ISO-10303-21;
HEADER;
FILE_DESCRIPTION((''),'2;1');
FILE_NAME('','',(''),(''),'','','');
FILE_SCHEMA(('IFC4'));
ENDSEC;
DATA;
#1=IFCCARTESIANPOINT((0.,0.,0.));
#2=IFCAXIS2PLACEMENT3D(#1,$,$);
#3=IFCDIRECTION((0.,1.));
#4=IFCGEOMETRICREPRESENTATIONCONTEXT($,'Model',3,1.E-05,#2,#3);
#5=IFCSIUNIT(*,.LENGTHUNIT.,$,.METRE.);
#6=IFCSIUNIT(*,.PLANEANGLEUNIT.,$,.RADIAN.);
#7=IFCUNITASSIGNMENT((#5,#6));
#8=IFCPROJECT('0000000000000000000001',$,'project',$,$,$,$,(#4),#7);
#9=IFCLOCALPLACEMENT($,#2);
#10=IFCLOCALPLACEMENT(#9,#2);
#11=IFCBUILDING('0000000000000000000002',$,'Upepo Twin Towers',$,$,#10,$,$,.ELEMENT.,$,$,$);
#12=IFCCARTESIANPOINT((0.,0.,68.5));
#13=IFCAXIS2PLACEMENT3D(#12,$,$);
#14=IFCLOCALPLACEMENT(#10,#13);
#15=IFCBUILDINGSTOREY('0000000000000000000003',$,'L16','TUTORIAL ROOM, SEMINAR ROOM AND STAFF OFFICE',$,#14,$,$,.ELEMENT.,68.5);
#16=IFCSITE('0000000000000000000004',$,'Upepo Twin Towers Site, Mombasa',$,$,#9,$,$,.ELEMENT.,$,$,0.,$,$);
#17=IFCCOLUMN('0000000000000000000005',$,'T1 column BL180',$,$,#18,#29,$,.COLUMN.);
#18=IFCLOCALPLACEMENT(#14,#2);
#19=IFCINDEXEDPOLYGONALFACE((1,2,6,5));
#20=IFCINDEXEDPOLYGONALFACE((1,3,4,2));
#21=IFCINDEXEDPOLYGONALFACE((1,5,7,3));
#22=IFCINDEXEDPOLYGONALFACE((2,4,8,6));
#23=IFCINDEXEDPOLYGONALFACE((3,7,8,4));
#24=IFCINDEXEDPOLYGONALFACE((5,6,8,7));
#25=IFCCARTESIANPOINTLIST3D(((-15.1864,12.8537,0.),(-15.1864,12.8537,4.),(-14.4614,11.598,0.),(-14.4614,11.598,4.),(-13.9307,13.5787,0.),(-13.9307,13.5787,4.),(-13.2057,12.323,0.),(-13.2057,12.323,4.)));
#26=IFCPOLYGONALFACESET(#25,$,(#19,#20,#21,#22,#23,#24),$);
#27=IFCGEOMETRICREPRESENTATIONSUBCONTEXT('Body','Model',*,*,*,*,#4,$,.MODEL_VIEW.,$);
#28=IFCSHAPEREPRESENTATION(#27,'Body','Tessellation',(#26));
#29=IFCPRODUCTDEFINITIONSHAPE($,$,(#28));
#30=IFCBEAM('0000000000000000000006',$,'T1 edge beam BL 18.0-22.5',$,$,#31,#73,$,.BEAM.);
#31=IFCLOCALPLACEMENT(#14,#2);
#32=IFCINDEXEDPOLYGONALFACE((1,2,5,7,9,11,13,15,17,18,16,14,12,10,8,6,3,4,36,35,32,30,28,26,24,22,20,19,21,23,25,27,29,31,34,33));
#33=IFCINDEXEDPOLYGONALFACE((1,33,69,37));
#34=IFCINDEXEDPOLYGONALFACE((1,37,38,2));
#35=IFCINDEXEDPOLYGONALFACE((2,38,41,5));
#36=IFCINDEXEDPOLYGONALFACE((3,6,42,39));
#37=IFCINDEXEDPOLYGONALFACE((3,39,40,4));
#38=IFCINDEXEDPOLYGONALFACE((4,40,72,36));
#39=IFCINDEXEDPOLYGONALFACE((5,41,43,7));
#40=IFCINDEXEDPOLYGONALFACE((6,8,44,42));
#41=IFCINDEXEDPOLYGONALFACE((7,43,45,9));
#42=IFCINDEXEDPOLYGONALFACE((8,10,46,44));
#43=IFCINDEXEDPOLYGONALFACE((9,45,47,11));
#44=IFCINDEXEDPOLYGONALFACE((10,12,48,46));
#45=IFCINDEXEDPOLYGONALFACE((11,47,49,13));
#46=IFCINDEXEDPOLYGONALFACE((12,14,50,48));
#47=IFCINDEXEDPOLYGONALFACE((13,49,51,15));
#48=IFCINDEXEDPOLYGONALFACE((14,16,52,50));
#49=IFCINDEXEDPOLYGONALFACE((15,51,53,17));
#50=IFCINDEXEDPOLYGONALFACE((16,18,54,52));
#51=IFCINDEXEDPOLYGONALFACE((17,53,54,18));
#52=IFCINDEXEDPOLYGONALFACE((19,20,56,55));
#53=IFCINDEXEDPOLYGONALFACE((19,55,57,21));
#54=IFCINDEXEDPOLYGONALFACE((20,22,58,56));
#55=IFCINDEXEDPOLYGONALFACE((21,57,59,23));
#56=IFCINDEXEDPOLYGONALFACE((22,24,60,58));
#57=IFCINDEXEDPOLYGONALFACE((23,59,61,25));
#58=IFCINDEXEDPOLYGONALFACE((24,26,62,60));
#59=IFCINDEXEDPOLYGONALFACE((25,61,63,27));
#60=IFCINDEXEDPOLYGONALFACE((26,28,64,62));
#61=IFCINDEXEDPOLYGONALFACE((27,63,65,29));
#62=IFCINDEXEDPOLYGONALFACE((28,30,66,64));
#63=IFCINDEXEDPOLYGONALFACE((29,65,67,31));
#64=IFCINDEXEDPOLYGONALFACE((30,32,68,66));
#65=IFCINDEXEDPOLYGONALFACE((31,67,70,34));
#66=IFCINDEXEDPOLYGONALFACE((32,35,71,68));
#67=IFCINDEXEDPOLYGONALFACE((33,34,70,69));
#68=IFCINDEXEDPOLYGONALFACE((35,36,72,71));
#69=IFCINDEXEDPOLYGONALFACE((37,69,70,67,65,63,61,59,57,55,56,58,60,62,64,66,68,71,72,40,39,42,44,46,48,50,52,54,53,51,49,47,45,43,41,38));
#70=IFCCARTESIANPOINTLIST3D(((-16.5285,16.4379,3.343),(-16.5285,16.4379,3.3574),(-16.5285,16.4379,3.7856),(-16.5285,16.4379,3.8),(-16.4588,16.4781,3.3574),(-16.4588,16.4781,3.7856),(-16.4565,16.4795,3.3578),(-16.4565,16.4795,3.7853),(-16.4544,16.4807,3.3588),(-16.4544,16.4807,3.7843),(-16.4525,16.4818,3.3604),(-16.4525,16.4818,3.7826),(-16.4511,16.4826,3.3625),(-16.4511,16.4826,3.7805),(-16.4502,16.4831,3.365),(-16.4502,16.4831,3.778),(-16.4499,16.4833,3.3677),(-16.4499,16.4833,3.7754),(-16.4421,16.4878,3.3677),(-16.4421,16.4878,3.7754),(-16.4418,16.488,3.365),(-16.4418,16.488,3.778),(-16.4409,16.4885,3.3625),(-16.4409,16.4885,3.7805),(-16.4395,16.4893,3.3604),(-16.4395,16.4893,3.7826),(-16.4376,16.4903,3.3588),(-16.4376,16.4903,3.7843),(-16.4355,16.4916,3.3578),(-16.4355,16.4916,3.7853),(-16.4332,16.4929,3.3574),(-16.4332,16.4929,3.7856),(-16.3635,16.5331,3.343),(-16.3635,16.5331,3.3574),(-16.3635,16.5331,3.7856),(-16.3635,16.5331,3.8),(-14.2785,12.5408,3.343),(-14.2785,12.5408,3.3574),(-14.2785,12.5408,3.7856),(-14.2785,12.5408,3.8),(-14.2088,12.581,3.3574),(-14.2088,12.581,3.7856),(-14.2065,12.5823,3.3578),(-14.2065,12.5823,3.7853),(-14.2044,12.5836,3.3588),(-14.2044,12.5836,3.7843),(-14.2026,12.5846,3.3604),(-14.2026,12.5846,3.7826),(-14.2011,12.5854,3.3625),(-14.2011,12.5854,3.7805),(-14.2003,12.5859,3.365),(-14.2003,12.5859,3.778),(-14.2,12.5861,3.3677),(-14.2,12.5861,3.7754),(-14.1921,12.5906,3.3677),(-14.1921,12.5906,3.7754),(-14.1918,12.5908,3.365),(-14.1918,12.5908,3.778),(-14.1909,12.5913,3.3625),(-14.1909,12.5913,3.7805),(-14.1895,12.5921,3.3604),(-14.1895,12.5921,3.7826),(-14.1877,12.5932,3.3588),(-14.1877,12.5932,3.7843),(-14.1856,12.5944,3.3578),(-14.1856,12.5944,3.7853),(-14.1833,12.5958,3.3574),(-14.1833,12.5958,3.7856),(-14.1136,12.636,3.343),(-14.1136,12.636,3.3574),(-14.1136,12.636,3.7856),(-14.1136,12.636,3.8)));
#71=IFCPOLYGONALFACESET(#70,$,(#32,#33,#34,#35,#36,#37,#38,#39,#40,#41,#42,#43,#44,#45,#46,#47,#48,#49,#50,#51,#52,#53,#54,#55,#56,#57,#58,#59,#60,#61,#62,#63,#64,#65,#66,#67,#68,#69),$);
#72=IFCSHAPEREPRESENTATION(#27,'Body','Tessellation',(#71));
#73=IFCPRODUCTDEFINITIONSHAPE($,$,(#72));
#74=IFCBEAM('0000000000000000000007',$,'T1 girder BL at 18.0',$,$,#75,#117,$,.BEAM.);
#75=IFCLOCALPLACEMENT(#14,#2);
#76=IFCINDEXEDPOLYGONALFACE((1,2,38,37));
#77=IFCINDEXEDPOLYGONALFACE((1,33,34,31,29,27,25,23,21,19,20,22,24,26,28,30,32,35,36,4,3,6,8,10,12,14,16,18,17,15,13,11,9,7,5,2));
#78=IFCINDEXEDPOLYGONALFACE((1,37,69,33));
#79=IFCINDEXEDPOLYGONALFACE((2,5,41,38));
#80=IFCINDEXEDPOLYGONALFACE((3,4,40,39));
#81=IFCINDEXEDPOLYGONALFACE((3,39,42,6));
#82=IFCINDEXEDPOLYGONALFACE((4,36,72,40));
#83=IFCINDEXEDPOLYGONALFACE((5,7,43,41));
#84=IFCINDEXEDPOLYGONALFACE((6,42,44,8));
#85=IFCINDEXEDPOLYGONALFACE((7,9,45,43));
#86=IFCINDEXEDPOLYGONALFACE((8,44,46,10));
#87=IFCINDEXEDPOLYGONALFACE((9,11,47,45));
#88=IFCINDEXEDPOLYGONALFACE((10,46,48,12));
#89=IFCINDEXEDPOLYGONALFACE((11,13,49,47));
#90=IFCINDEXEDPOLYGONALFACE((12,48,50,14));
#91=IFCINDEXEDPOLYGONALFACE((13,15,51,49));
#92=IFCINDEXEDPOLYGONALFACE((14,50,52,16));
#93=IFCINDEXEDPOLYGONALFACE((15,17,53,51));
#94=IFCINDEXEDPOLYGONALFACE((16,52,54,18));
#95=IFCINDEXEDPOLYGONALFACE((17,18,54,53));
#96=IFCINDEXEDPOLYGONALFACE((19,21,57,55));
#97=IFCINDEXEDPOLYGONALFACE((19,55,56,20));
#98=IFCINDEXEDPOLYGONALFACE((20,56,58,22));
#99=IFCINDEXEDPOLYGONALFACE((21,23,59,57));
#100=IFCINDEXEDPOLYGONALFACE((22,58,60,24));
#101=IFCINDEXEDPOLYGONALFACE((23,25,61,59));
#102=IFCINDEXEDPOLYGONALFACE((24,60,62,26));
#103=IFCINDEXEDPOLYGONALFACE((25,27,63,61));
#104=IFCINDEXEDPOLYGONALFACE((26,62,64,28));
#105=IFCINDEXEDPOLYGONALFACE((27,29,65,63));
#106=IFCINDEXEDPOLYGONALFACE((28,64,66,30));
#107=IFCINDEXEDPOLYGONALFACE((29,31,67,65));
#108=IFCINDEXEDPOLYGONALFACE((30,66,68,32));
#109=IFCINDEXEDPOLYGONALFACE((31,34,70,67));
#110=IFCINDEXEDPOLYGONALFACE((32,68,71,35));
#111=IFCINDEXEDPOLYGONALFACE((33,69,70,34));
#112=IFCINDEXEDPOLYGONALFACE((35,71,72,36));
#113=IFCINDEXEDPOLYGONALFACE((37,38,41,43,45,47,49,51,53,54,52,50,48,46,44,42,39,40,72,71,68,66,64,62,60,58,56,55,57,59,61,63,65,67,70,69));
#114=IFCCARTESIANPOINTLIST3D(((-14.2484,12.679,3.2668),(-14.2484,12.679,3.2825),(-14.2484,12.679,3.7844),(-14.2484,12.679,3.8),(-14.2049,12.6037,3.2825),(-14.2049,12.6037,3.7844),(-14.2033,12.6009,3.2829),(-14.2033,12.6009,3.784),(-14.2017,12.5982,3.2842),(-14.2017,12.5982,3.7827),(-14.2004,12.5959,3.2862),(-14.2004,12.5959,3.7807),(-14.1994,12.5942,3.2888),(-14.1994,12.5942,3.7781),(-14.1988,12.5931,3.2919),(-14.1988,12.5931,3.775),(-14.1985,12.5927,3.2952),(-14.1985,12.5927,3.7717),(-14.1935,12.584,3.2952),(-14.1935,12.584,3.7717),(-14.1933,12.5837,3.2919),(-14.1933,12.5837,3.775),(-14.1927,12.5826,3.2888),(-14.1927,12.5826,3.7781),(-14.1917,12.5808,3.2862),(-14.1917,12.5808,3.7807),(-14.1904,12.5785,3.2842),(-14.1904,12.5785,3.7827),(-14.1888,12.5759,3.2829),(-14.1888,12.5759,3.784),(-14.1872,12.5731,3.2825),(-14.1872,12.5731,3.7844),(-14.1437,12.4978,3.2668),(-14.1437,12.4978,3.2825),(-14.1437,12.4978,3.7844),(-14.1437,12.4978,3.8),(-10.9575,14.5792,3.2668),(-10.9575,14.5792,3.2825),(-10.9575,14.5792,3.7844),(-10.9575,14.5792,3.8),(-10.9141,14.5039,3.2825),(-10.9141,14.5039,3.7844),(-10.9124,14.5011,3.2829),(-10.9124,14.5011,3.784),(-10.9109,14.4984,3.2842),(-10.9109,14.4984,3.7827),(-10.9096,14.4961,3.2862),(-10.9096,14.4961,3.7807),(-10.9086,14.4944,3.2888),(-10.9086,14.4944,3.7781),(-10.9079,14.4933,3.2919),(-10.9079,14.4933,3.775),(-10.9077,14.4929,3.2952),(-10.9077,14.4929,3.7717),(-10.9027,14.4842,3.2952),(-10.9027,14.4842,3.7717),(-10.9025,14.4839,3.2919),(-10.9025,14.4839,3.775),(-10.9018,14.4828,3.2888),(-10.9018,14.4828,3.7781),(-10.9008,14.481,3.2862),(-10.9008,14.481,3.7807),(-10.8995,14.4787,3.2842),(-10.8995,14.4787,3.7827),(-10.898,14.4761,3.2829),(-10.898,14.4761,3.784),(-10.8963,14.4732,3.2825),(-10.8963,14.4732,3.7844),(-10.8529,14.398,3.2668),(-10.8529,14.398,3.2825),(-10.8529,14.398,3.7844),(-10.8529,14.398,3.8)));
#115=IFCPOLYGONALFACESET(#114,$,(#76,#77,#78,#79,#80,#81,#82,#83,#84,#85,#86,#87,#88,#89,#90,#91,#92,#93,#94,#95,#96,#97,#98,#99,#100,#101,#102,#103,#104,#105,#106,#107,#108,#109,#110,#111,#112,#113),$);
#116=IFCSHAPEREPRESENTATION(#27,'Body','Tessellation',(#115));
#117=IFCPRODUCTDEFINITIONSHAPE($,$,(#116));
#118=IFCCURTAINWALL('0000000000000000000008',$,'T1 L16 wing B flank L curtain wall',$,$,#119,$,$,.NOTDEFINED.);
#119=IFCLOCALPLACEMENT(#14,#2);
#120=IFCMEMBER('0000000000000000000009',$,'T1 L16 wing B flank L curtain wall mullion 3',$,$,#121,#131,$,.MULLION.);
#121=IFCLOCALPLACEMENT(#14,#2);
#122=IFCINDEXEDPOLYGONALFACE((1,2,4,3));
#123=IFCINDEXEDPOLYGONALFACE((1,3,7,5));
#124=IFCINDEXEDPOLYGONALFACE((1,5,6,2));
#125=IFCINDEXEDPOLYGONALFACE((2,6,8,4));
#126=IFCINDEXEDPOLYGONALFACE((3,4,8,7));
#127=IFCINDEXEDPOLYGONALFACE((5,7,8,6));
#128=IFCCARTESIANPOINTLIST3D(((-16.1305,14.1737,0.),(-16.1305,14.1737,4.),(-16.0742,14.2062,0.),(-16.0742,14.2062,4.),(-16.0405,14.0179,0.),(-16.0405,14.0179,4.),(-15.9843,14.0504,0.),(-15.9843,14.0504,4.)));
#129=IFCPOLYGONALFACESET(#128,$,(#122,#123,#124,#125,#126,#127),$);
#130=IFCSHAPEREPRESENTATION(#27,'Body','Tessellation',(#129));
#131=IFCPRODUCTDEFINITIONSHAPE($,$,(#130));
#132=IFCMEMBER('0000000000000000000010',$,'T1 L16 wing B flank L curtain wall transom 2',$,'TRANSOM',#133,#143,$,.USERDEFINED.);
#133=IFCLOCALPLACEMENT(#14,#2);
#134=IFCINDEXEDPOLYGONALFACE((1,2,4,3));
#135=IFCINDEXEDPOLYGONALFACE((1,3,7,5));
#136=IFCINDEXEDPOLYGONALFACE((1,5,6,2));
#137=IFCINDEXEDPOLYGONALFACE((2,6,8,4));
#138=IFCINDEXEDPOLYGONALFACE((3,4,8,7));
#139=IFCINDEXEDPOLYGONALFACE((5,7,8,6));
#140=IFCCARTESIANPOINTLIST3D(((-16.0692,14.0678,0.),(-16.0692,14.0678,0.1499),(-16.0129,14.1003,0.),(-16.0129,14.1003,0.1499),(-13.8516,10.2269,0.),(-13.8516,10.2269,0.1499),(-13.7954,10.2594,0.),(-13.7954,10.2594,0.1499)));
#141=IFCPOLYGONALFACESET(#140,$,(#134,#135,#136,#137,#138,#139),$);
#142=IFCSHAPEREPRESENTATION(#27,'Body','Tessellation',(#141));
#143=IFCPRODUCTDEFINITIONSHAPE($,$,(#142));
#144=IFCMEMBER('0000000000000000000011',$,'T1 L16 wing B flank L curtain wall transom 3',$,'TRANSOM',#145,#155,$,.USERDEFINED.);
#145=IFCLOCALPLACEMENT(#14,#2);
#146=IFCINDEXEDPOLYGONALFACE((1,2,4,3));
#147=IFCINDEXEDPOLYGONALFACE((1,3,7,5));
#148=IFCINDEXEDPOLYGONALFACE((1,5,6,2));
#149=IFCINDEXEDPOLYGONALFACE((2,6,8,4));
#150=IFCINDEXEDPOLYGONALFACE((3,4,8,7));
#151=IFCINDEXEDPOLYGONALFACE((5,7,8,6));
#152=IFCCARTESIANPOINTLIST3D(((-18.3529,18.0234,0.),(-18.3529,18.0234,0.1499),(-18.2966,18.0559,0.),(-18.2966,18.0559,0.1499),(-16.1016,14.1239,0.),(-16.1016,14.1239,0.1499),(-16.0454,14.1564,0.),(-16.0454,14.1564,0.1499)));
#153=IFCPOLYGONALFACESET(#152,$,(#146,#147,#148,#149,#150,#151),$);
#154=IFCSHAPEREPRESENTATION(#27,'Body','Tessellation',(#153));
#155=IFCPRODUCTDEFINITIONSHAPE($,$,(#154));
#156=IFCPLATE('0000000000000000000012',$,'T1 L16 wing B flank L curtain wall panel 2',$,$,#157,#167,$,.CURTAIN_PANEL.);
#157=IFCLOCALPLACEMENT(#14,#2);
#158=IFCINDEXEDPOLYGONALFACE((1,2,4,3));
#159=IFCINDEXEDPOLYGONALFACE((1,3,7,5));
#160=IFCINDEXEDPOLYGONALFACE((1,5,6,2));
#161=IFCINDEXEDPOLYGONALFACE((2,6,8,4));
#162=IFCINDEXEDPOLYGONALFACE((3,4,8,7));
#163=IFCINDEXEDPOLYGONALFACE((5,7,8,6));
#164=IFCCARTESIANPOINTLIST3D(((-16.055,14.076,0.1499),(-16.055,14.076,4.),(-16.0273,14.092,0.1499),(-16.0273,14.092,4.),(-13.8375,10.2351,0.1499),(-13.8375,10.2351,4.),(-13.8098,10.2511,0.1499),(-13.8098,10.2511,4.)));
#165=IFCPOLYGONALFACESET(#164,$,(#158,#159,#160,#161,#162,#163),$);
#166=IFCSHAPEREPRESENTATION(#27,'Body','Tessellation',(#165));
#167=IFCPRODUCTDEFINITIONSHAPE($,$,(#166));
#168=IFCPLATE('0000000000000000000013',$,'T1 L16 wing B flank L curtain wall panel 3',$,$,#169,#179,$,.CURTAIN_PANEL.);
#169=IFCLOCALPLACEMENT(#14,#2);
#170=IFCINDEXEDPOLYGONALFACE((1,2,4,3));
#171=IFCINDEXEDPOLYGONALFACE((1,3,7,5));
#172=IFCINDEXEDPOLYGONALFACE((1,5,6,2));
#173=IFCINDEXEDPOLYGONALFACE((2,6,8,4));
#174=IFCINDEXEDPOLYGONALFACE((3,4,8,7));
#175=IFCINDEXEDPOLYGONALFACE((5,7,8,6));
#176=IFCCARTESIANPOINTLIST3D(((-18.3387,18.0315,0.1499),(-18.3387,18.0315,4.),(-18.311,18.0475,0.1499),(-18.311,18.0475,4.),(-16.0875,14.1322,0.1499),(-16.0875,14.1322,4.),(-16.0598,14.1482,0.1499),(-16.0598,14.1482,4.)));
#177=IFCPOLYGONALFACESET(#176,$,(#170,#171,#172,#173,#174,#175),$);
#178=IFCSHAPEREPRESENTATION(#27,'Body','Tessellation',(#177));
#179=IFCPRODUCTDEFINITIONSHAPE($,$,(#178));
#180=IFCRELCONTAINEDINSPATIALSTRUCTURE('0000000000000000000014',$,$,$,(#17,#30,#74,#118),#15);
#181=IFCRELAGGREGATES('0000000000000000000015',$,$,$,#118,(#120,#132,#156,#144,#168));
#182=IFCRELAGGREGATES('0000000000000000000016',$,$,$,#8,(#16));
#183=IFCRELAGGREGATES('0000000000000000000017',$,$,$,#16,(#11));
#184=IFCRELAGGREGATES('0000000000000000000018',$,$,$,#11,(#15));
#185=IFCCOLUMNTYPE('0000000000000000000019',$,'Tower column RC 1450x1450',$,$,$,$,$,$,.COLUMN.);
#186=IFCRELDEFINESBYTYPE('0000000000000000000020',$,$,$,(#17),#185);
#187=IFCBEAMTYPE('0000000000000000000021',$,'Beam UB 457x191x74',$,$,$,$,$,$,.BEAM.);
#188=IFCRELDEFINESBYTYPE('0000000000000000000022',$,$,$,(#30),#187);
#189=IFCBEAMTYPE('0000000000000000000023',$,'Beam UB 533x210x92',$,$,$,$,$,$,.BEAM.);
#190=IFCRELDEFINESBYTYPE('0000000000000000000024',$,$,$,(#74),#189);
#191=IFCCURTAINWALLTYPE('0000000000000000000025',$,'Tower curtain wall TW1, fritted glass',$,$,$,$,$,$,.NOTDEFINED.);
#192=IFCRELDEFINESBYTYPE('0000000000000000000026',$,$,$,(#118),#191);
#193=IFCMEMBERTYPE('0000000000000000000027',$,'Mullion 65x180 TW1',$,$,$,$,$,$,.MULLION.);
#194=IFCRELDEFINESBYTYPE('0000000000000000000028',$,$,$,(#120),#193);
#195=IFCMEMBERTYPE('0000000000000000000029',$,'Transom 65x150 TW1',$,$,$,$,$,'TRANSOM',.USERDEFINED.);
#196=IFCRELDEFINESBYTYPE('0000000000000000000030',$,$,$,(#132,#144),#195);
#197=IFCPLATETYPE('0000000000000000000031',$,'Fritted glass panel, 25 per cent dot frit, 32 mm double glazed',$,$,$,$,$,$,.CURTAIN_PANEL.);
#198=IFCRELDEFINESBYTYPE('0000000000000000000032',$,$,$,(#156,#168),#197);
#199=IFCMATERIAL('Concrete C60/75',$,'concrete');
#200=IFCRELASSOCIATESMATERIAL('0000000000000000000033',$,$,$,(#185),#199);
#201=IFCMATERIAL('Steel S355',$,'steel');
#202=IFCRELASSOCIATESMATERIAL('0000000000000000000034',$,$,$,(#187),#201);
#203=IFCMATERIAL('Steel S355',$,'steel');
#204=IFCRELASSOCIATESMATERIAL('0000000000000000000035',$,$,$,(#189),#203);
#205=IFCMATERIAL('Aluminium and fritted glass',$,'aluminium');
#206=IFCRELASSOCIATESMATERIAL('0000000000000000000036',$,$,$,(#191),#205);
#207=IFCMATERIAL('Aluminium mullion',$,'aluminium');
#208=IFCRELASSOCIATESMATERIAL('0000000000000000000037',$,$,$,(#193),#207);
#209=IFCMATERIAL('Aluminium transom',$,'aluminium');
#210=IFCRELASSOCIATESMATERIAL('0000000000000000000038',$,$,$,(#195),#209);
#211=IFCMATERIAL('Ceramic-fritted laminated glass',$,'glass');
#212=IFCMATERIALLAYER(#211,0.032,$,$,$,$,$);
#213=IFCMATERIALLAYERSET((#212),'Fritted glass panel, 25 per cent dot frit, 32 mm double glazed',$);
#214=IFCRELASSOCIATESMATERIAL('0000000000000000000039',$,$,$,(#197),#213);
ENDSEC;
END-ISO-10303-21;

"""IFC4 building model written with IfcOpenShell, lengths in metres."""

from ifc_helpers import new_model, si_unit, direction, frame, origin, origin_2d, place, context, subcontext, project, spatial, rectangle, i_section, extrude, material, layer, layer_set, material_profile, profile_set, type_object, element, aggregate, save


model = new_model("IFC4")

# Units and contexts
model_context = context("Model", 3, precision=1e-05, world=origin(), true_north=direction((0.0, 1.0)))
body_context = subcontext(model_context, "Body", "Model", "MODEL_VIEW")
ifc_project = project(units=[si_unit("LENGTHUNIT", "METRE"), si_unit("PLANEANGLEUNIT", "RADIAN")], contexts=[model_context])

# Site, building, storey
site_placement = place(None, origin())
site = spatial("IfcSite", under=ifc_project, at=site_placement, Name="Upepo Twin Towers Site, Mombasa", CompositionType="ELEMENT", RefElevation=0.0)
building_placement = place(site_placement, origin())
building = spatial("IfcBuilding", under=site, at=building_placement, Name="Upepo Twin Towers", CompositionType="ELEMENT")
storey_placement = place(building_placement, frame((0.0, 0.0, 68.5)))
storey = spatial("IfcBuildingStorey", under=building, at=storey_placement, Name="L16", Description="TUTORIAL ROOM, SEMINAR ROOM AND STAFF OFFICE", CompositionType="ELEMENT", Elevation=68.5)

# Column
ifc_material_1 = material(Name="Concrete C60/75", Category="concrete")
ifc_material_profile_1 = material_profile(ifc_material_1, rectangle(XDim=1.45, YDim=1.45, at=origin_2d()), Name="RC 1450x1450")
ifc_profile_set_1 = profile_set([ifc_material_profile_1], Name="Concrete C60/75")
column_type = type_object("IfcColumnType", Name="Tower column RC 1450x1450", PredefinedType="COLUMN", material=ifc_profile_set_1)
column_placement = place(storey_placement, frame((-14.196, 12.5884, 0.0), z_axis=(0.0, 0.0, 1.0), x_axis=(0.866025, 0.5, 0.0)))
element("IfcColumn", 1, at=column_placement, inside=storey, type_object=column_type, Name="T1 column BL180", PredefinedType="COLUMN", context=body_context, shape_type="SweptSolid", body=[
    extrude(rectangle(XDim=1.45, YDim=1.45, at=origin_2d()), origin(), (0.0, 0.0, 1.0), 4.0),
])

# Beams
ifc_material_2 = material(Name="Steel S355", Category="steel")
ifc_material_profile_2 = material_profile(ifc_material_2, i_section(OverallWidth=0.1904, OverallDepth=0.457, WebThickness=0.009, FlangeThickness=0.0144, FilletRadius=0.0103, at=origin_2d()), Name="UB 457x191x74")
ifc_profile_set_2 = profile_set([ifc_material_profile_2], Name="Steel S355")
beam_type_1 = type_object("IfcBeamType", Name="Beam UB 457x191x74", PredefinedType="BEAM", material=ifc_profile_set_2)
beam_1_placement = place(storey_placement, frame((-14.196, 12.5884, 3.5715), z_axis=(-0.49999, 0.866031, 0.0), x_axis=(-0.866031, -0.49999, 0.0)))
element("IfcBeam", 2, at=beam_1_placement, inside=storey, type_object=beam_type_1, Name="T1 edge beam BL 18.0-22.5", PredefinedType="BEAM", context=body_context, shape_type="SweptSolid", body=[
    extrude(i_section(OverallWidth=0.1904, OverallDepth=0.457, WebThickness=0.009, FlangeThickness=0.0144, FilletRadius=0.0103, at=origin_2d()), origin(), (0.0, 0.0, 1.0), 4.5),
])
ifc_material_3 = material(Name="Steel S355", Category="steel")
ifc_material_profile_3 = material_profile(ifc_material_3, i_section(OverallWidth=0.2092, OverallDepth=0.5332, WebThickness=0.01, FlangeThickness=0.0156, FilletRadius=0.0127, at=origin_2d()), Name="UB 533x210x92")
ifc_profile_set_3 = profile_set([ifc_material_profile_3], Name="Steel S355")
beam_type_2 = type_object("IfcBeamType", Name="Beam UB 533x210x92", PredefinedType="BEAM", material=ifc_profile_set_3)
beam_2_placement = place(storey_placement, frame((-14.196, 12.5884, 3.5334), z_axis=(0.866, 0.500043, 0.0), x_axis=(-0.500043, 0.866, 0.0)))
element("IfcBeam", 3, at=beam_2_placement, inside=storey, type_object=beam_type_2, Name="T1 girder BL at 18.0", PredefinedType="BEAM", context=body_context, shape_type="SweptSolid", body=[
    extrude(i_section(OverallWidth=0.2092, OverallDepth=0.5332, WebThickness=0.01, FlangeThickness=0.0156, FilletRadius=0.0127, at=origin_2d()), origin(), (0.0, 0.0, 1.0), 3.8),
])

# Curtain wall, members, plates
ifc_material_4 = material(Name="Aluminium and fritted glass", Category="aluminium")
curtain_wall_type = type_object("IfcCurtainWallType", Name="Tower curtain wall TW1, fritted glass", PredefinedType="NOTDEFINED", material=ifc_material_4)
curtain_wall_placement = place(storey_placement, origin())
curtain_wall = element("IfcCurtainWall", 4, at=curtain_wall_placement, inside=storey, type_object=curtain_wall_type, Name="T1 L16 wing B flank L curtain wall", PredefinedType="NOTDEFINED")
ifc_material_5 = material(Name="Aluminium mullion", Category="aluminium")
ifc_material_profile_4 = material_profile(ifc_material_5, rectangle(XDim=0.0649, YDim=0.1799, at=origin_2d()), Name="MULLION 65x180")
ifc_profile_set_4 = profile_set([ifc_material_profile_4], Name="Aluminium mullion")
member_type_1 = type_object("IfcMemberType", Name="Mullion 65x180 TW1", PredefinedType="MULLION", material=ifc_profile_set_4)
member_1_placement = place(storey_placement, frame((-16.0574, 14.1121, 0.0), z_axis=(0.0, 0.0, 1.0), x_axis=(-0.866025, -0.5, 0.0)))
member_1 = element("IfcMember", 5, at=member_1_placement, type_object=member_type_1, Name="T1 L16 wing B flank L curtain wall mullion 3", PredefinedType="MULLION", context=body_context, shape_type="SweptSolid", body=[
    extrude(rectangle(XDim=0.0649, YDim=0.1799, at=origin_2d()), origin(), (0.0, 0.0, 1.0), 4.0),
])
ifc_material_6 = material(Name="Aluminium transom", Category="aluminium")
ifc_material_profile_5 = material_profile(ifc_material_6, rectangle(XDim=0.0649, YDim=0.1499, at=origin_2d()), Name="TRANSOM 65x150")
ifc_profile_set_5 = profile_set([ifc_material_profile_5], Name="Aluminium transom")
member_type_2 = type_object("IfcMemberType", Name="Transom 65x150 TW1", ElementType="TRANSOM", PredefinedType="USERDEFINED", material=ifc_profile_set_5)
member_2_placement = place(storey_placement, frame((-13.8235, 10.2432, 0.075), z_axis=(-0.500005, 0.866022, 0.0), x_axis=(-0.866022, -0.500005, 0.0)))
member_2 = element("IfcMember", 6, at=member_2_placement, type_object=member_type_2, Name="T1 L16 wing B flank L curtain wall transom 2", ObjectType="TRANSOM", PredefinedType="USERDEFINED", context=body_context, shape_type="SweptSolid", body=[
    extrude(rectangle(XDim=0.0649, YDim=0.1499, at=origin_2d()), origin(), (0.0, 0.0, 1.0), 4.4351),
])
member_3_placement = place(storey_placement, frame((-16.0735, 14.1401, 0.075), z_axis=(-0.499982, 0.866036, 0.0), x_axis=(-0.866036, -0.499982, 0.0)))
member_3 = element("IfcMember", 7, at=member_3_placement, type_object=member_type_2, Name="T1 L16 wing B flank L curtain wall transom 3", ObjectType="TRANSOM", PredefinedType="USERDEFINED", context=body_context, shape_type="SweptSolid", body=[
    extrude(rectangle(XDim=0.0649, YDim=0.1499, at=origin_2d()), origin(), (0.0, 0.0, 1.0), 4.5027),
])
ifc_material_7 = material(Name="Ceramic-fritted laminated glass", Category="glass")
ifc_layer_1 = layer(ifc_material_7, 0.032)
ifc_layer_set_1 = layer_set([ifc_layer_1], Name="Fritted glass panel, 25 per cent dot frit, 32 mm double glazed")
plate_type = type_object("IfcPlateType", Name="Fritted glass panel, 25 per cent dot frit, 32 mm double glazed", PredefinedType="CURTAIN_PANEL", material=ifc_layer_set_1)
plate_1_placement = place(storey_placement, frame((-14.9324, 12.1636, 0.1499), z_axis=(0.0, 0.0, 1.0), x_axis=(-0.5, 0.866025, 0.0)))
plate_1 = element("IfcPlate", 8, at=plate_1_placement, type_object=plate_type, Name="T1 L16 wing B flank L curtain wall panel 2", PredefinedType="CURTAIN_PANEL", context=body_context, shape_type="SweptSolid", body=[
    extrude(rectangle(XDim=4.4351, YDim=0.032, at=origin_2d()), origin(), (0.0, 0.0, 1.0), 3.8501),
])
plate_2_placement = place(storey_placement, frame((-17.1992, 16.0898, 0.1499), z_axis=(0.0, 0.0, 1.0), x_axis=(-0.5, 0.866025, 0.0)))
plate_2 = element("IfcPlate", 9, at=plate_2_placement, type_object=plate_type, Name="T1 L16 wing B flank L curtain wall panel 3", PredefinedType="CURTAIN_PANEL", context=body_context, shape_type="SweptSolid", body=[
    extrude(rectangle(XDim=4.5024, YDim=0.032, at=origin_2d()), origin(), (0.0, 0.0, 1.0), 3.8501),
])
aggregate(curtain_wall, [member_1, member_2, plate_1, member_3, plate_2])

save(model, "model.ifc")
